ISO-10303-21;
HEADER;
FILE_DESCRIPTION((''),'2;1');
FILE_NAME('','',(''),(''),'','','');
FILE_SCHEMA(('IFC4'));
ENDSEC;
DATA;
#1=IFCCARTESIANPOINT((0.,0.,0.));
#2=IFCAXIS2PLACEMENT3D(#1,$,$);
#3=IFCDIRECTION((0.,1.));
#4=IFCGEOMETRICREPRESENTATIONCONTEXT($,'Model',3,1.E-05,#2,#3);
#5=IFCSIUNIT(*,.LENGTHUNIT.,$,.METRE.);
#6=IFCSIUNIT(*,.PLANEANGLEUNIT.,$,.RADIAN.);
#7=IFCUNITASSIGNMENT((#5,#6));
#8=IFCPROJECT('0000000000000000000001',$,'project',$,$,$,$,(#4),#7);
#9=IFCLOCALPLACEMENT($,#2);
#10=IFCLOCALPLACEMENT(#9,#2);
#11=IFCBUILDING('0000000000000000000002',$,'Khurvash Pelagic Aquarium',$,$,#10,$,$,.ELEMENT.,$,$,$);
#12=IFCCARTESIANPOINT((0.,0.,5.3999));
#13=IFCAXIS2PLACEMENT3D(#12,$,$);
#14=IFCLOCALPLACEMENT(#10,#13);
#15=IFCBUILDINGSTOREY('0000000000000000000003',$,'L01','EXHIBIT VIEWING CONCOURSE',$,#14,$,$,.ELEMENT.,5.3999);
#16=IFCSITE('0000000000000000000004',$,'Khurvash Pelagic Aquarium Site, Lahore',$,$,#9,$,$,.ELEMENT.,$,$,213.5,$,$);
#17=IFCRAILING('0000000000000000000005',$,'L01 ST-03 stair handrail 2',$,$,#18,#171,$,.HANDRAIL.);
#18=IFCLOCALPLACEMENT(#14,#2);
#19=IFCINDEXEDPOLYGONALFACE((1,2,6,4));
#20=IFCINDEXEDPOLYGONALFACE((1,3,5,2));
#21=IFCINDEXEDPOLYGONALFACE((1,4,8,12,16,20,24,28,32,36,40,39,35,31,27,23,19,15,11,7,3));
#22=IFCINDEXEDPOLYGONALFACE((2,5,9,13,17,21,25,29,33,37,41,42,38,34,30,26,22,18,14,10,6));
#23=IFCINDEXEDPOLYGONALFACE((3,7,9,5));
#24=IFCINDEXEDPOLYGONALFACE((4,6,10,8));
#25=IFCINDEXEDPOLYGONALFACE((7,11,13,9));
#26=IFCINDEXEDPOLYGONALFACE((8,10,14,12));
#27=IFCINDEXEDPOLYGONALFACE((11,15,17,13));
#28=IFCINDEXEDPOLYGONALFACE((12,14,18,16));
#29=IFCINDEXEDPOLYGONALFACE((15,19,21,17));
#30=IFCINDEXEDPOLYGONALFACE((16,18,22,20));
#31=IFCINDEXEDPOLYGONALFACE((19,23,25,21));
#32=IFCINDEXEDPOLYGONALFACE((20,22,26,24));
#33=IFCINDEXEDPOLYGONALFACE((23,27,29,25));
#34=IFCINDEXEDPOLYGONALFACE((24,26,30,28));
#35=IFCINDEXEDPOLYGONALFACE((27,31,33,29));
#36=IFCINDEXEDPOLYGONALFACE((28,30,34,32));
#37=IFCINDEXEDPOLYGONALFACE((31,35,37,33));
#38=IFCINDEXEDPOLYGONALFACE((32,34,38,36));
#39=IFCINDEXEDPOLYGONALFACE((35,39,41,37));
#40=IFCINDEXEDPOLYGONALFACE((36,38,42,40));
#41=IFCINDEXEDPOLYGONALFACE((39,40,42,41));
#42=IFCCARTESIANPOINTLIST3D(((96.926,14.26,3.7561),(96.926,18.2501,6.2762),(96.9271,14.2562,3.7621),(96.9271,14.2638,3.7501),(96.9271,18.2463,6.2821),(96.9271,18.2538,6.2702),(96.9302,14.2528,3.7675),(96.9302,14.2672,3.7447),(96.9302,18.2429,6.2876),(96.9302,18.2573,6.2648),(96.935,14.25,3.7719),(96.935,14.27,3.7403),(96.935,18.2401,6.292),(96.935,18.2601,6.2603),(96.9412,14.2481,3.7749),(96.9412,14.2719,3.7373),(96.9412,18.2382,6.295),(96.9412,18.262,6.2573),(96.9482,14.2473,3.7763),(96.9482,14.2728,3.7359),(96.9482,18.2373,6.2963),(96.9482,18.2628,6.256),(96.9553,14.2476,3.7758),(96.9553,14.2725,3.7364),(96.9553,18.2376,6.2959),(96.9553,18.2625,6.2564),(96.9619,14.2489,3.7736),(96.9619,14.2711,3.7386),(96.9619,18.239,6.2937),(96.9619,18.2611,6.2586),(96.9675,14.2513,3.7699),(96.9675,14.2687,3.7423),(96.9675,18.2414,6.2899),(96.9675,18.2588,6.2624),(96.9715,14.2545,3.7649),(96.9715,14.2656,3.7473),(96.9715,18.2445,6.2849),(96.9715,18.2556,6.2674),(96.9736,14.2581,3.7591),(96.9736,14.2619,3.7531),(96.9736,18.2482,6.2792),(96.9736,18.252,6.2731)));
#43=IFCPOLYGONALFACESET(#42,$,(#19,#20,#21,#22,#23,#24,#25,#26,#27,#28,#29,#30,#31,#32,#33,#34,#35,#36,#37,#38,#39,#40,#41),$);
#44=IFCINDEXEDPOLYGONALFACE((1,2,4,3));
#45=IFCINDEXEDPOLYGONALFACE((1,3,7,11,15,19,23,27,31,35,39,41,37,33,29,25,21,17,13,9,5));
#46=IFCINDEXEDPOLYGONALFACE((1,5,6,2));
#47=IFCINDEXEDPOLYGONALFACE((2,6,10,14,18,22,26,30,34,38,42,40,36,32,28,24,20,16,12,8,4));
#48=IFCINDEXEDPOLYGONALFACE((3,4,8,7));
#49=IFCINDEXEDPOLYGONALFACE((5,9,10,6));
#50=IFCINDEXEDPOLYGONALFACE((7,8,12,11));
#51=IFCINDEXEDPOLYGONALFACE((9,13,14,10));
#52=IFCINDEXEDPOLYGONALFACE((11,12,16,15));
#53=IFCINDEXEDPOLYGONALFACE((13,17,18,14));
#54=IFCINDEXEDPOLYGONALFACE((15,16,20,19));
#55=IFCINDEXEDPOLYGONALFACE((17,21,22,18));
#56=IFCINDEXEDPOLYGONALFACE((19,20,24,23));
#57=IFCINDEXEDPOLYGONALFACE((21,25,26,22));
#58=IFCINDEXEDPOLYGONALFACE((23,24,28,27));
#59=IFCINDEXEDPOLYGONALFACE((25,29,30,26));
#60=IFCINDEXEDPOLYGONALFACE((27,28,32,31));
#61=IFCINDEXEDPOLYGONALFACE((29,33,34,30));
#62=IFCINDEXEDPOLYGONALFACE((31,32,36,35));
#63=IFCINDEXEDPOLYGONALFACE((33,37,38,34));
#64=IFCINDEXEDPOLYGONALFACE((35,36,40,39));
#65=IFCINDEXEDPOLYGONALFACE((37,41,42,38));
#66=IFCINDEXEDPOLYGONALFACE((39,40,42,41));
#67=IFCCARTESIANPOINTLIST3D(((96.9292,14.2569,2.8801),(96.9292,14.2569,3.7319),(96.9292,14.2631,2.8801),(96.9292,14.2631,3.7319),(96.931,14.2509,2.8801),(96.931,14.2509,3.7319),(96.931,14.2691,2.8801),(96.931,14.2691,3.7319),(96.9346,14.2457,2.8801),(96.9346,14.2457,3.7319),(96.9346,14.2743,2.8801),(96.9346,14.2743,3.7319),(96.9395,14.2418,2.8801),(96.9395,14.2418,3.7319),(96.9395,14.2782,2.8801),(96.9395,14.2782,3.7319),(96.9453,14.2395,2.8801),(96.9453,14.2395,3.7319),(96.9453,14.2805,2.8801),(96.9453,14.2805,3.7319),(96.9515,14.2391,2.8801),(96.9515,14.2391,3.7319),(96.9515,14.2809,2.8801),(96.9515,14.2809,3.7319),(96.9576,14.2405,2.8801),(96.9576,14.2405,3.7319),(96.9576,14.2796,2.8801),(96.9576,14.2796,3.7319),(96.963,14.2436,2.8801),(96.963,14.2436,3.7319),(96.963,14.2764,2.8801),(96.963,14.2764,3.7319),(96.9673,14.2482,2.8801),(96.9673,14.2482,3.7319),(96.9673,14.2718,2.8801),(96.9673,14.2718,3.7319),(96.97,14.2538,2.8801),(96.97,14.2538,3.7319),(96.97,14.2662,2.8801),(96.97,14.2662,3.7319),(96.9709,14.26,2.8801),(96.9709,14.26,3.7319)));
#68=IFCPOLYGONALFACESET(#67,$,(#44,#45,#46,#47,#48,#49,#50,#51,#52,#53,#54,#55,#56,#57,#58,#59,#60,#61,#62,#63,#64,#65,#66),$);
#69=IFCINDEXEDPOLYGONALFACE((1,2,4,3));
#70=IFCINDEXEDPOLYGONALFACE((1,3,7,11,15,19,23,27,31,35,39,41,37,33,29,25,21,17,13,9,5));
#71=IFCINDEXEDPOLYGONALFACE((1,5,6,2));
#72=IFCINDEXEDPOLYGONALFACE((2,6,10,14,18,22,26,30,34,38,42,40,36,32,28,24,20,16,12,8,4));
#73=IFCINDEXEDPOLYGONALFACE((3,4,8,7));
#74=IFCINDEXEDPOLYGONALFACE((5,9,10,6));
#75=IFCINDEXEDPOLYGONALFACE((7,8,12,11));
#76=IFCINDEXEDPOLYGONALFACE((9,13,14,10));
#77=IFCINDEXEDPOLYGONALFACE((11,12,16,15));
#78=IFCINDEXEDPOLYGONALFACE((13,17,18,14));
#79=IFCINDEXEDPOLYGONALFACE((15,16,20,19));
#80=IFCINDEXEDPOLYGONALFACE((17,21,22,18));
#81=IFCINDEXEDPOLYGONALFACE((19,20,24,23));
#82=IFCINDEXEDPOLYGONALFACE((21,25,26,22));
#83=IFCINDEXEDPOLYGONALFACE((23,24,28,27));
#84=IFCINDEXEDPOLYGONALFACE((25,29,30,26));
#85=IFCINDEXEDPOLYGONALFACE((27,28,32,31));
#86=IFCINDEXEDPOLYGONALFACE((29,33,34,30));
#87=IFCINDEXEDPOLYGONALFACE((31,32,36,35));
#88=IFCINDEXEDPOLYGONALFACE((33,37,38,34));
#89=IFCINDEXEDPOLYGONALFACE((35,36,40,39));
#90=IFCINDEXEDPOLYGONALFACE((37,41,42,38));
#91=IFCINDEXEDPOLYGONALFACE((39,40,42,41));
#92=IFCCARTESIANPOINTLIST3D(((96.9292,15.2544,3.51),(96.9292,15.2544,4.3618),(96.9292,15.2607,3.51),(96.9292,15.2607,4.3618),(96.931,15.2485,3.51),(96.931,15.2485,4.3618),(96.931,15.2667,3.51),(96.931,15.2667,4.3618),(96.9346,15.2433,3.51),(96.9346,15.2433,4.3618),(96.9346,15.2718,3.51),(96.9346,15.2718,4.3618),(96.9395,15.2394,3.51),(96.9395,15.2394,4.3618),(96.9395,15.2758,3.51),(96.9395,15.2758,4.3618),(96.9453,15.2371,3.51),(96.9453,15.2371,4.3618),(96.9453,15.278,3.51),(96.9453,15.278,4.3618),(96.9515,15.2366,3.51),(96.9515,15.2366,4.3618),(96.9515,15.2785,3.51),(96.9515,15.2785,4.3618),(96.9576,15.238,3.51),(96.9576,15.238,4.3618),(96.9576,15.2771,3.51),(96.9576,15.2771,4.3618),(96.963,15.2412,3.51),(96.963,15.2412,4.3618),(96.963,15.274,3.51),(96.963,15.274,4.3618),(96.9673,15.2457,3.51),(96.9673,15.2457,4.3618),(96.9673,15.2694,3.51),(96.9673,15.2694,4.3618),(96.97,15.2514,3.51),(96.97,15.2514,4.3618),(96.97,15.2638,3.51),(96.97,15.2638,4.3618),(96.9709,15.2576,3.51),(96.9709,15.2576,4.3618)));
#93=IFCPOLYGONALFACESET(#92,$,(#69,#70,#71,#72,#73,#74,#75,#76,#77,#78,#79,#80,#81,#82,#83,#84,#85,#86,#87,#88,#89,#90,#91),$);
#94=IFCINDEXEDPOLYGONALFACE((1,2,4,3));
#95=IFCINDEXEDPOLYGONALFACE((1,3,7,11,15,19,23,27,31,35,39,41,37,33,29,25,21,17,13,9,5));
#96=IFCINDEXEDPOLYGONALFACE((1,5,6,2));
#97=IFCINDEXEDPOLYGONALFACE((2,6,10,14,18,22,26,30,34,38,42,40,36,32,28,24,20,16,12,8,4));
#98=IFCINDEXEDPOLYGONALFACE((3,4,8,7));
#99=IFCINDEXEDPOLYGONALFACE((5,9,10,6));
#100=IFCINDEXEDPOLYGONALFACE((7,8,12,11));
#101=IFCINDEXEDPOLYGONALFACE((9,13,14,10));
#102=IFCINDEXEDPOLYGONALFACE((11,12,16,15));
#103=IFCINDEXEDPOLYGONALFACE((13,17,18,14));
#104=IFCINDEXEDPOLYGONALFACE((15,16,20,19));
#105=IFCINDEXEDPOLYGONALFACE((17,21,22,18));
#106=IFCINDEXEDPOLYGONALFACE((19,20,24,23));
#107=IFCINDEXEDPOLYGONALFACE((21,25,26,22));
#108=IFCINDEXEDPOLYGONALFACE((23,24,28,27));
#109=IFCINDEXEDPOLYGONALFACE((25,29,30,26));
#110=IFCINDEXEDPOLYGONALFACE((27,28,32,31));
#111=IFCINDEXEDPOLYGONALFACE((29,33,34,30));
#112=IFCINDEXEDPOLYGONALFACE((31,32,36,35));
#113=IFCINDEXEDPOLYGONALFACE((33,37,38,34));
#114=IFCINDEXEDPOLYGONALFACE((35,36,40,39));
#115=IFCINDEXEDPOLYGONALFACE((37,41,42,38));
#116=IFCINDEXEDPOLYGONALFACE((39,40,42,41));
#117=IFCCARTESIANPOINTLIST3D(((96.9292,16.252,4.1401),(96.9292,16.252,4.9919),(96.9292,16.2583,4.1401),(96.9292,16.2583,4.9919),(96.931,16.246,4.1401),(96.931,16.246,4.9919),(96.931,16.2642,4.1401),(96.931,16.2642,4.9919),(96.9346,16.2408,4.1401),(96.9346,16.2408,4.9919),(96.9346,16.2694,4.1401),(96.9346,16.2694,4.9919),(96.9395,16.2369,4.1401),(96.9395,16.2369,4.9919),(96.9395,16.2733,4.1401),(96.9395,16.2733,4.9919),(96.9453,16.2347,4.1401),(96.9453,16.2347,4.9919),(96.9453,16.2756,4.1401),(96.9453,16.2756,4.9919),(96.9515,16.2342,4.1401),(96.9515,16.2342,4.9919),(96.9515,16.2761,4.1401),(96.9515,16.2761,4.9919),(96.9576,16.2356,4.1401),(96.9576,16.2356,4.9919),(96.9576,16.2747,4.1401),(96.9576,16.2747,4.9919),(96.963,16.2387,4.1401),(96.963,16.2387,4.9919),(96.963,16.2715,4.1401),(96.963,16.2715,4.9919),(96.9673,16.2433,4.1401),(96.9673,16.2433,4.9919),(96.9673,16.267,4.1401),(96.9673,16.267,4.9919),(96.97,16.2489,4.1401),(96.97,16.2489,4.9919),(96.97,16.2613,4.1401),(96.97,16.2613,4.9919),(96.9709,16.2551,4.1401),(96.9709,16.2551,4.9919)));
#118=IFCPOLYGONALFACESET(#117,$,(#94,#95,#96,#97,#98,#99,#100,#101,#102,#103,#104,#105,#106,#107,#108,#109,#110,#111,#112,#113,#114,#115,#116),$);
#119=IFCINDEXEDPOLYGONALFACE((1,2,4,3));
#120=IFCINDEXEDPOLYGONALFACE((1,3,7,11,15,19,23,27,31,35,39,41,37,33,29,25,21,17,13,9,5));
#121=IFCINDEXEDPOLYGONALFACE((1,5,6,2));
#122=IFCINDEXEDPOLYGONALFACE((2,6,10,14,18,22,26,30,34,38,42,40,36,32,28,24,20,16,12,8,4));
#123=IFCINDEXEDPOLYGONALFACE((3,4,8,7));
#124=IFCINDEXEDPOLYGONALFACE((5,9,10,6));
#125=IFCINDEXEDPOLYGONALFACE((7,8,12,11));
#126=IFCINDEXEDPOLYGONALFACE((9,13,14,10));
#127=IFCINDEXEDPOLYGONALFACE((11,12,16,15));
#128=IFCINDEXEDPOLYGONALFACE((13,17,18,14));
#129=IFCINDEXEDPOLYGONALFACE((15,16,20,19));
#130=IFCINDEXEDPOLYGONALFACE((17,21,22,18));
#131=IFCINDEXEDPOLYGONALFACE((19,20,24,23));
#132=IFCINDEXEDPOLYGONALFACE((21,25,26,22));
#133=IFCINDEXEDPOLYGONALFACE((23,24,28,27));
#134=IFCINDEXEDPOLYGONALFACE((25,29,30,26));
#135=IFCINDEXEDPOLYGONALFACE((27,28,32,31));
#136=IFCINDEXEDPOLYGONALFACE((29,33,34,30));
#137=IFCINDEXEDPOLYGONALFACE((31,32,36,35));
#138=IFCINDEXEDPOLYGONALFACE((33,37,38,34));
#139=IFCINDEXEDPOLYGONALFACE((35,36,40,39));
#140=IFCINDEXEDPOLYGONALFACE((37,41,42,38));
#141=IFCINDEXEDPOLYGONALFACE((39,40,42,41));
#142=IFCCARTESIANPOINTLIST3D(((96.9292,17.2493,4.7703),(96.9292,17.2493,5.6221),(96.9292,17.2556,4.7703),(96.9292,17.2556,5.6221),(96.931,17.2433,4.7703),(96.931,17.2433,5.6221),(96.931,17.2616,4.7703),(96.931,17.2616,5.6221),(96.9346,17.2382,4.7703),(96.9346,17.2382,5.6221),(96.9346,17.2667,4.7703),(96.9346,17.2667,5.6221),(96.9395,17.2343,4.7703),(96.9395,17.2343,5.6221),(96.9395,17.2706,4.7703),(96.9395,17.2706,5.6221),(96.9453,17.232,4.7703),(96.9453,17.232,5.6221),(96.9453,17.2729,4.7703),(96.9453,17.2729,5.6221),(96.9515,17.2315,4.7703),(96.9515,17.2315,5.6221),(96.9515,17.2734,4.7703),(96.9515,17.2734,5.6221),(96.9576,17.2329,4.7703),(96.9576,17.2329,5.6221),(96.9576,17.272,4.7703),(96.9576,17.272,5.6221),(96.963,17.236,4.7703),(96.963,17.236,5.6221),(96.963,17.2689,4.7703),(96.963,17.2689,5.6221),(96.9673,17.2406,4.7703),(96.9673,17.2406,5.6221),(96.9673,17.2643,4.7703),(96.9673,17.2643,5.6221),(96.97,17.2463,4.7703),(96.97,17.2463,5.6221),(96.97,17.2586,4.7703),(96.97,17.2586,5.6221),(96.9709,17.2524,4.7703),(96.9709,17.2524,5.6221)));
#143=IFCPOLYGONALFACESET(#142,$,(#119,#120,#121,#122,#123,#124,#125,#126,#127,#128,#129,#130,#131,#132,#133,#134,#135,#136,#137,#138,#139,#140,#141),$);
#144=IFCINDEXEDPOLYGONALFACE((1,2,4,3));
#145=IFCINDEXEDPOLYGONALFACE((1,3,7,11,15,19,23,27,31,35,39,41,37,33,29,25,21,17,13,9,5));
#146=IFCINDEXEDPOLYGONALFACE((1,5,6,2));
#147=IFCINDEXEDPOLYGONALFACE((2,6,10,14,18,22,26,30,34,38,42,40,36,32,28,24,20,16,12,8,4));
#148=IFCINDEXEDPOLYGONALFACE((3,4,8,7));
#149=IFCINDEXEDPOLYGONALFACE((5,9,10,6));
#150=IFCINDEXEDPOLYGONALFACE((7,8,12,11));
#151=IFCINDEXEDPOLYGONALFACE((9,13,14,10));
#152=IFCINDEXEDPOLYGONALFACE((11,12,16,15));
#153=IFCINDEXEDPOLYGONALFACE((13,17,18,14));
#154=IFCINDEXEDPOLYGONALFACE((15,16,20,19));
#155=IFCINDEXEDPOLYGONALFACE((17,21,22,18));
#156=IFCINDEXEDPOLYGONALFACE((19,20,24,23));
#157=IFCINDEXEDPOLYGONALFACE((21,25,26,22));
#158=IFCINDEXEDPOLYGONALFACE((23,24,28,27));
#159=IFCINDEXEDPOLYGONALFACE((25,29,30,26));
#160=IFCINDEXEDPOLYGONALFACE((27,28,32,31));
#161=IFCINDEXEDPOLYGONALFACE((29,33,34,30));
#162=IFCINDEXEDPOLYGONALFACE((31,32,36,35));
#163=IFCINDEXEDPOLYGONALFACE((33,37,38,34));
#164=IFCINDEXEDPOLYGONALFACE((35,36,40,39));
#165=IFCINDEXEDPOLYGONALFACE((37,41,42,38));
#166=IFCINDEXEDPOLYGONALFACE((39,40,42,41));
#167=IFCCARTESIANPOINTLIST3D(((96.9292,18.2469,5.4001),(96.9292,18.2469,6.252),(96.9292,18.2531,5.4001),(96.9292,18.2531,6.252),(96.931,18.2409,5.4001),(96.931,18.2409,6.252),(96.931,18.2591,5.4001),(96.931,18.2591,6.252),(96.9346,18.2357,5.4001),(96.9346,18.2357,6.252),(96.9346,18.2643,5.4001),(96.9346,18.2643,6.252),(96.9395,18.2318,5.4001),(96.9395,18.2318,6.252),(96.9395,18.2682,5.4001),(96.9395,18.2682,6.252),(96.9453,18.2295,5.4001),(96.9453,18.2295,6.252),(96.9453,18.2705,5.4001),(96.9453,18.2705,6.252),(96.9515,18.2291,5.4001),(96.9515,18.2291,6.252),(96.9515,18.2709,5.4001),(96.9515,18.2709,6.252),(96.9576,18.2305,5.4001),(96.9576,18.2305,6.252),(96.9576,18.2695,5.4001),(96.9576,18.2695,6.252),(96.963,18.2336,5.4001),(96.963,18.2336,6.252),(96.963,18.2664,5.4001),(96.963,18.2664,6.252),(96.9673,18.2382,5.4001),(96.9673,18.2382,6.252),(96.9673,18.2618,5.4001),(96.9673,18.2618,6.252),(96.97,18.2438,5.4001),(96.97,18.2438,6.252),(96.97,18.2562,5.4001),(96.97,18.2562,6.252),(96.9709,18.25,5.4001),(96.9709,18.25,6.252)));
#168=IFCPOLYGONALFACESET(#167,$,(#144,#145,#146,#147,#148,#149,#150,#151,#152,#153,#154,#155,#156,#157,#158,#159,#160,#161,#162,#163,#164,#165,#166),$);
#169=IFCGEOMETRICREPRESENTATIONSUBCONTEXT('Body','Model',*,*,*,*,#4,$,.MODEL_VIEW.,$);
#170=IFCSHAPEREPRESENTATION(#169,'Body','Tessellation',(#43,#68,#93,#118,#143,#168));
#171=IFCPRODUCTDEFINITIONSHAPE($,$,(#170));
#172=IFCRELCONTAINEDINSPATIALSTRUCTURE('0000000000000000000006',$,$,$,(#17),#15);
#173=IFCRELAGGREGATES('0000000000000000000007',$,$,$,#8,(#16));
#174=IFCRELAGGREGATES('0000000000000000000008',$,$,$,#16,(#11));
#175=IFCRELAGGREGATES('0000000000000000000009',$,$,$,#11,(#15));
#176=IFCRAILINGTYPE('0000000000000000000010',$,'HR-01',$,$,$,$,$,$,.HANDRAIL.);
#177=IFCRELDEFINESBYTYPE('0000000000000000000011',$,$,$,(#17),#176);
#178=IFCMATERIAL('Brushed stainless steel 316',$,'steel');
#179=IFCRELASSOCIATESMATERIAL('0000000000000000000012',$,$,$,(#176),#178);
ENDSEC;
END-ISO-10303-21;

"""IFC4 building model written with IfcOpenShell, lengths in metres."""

from ifc_helpers import new_model, si_unit, direction, frame, origin, origin_2d, place, context, subcontext, project, spatial, circle, extrude, material, type_object, element, save


model = new_model("IFC4")

# Units and contexts
model_context = context("Model", 3, precision=1e-05, world=origin(), true_north=direction((0.0, 1.0)))
body_context = subcontext(model_context, "Body", "Model", "MODEL_VIEW")
ifc_project = project(units=[si_unit("LENGTHUNIT", "METRE"), si_unit("PLANEANGLEUNIT", "RADIAN")], contexts=[model_context])

# Site, building, storey
site_placement = place(None, origin())
site = spatial("IfcSite", under=ifc_project, at=site_placement, Name="Khurvash Pelagic Aquarium Site, Lahore", CompositionType="ELEMENT", RefElevation=213.5)
building_placement = place(site_placement, origin())
building = spatial("IfcBuilding", under=site, at=building_placement, Name="Khurvash Pelagic Aquarium", CompositionType="ELEMENT")
storey_placement = place(building_placement, frame((0.0, 0.0, 5.3999)))
storey = spatial("IfcBuildingStorey", under=building, at=storey_placement, Name="L01", Description="EXHIBIT VIEWING CONCOURSE", CompositionType="ELEMENT", Elevation=5.3999)

# Railing
ifc_material_1 = material(Name="Brushed stainless steel 316", Category="steel")
railing_type_1 = type_object("IfcRailingType", Name="HR-01", PredefinedType="HANDRAIL", material=ifc_material_1)
railing_1_placement = place(storey_placement, frame((96.95, 14.26, 2.8801)))
element("IfcRailing", 1, at=railing_1_placement, inside=storey, type_object=railing_type_1, Name="L01 ST-03 stair handrail 2", PredefinedType="HANDRAIL", context=body_context, shape_type="SweptSolid", body=[
    extrude(circle(Radius=0.0239, at=origin_2d()), frame((0.0, 0.0, 0.876), z_axis=(0.0, 0.845486, 0.533997), x_axis=(-1.0, 0.0, 0.0)), (0.0, 0.0, 1.0), 4.7192),
    extrude(circle(Radius=0.021, at=origin_2d()), origin(), (0.0, 0.0, 1.0), 0.8518),
    extrude(circle(Radius=0.021, at=origin_2d()), frame((0.0, 0.9976, 0.6299)), (0.0, 0.0, 1.0), 0.8518),
    extrude(circle(Radius=0.021, at=origin_2d()), frame((0.0, 1.9951, 1.26)), (0.0, 0.0, 1.0), 0.8518),
    extrude(circle(Radius=0.021, at=origin_2d()), frame((0.0, 2.9924, 1.8901)), (0.0, 0.0, 1.0), 0.8518),
    extrude(circle(Radius=0.021, at=origin_2d()), frame((0.0, 3.99, 2.52)), (0.0, 0.0, 1.0), 0.8518),
])

save(model, "model.ifc")
